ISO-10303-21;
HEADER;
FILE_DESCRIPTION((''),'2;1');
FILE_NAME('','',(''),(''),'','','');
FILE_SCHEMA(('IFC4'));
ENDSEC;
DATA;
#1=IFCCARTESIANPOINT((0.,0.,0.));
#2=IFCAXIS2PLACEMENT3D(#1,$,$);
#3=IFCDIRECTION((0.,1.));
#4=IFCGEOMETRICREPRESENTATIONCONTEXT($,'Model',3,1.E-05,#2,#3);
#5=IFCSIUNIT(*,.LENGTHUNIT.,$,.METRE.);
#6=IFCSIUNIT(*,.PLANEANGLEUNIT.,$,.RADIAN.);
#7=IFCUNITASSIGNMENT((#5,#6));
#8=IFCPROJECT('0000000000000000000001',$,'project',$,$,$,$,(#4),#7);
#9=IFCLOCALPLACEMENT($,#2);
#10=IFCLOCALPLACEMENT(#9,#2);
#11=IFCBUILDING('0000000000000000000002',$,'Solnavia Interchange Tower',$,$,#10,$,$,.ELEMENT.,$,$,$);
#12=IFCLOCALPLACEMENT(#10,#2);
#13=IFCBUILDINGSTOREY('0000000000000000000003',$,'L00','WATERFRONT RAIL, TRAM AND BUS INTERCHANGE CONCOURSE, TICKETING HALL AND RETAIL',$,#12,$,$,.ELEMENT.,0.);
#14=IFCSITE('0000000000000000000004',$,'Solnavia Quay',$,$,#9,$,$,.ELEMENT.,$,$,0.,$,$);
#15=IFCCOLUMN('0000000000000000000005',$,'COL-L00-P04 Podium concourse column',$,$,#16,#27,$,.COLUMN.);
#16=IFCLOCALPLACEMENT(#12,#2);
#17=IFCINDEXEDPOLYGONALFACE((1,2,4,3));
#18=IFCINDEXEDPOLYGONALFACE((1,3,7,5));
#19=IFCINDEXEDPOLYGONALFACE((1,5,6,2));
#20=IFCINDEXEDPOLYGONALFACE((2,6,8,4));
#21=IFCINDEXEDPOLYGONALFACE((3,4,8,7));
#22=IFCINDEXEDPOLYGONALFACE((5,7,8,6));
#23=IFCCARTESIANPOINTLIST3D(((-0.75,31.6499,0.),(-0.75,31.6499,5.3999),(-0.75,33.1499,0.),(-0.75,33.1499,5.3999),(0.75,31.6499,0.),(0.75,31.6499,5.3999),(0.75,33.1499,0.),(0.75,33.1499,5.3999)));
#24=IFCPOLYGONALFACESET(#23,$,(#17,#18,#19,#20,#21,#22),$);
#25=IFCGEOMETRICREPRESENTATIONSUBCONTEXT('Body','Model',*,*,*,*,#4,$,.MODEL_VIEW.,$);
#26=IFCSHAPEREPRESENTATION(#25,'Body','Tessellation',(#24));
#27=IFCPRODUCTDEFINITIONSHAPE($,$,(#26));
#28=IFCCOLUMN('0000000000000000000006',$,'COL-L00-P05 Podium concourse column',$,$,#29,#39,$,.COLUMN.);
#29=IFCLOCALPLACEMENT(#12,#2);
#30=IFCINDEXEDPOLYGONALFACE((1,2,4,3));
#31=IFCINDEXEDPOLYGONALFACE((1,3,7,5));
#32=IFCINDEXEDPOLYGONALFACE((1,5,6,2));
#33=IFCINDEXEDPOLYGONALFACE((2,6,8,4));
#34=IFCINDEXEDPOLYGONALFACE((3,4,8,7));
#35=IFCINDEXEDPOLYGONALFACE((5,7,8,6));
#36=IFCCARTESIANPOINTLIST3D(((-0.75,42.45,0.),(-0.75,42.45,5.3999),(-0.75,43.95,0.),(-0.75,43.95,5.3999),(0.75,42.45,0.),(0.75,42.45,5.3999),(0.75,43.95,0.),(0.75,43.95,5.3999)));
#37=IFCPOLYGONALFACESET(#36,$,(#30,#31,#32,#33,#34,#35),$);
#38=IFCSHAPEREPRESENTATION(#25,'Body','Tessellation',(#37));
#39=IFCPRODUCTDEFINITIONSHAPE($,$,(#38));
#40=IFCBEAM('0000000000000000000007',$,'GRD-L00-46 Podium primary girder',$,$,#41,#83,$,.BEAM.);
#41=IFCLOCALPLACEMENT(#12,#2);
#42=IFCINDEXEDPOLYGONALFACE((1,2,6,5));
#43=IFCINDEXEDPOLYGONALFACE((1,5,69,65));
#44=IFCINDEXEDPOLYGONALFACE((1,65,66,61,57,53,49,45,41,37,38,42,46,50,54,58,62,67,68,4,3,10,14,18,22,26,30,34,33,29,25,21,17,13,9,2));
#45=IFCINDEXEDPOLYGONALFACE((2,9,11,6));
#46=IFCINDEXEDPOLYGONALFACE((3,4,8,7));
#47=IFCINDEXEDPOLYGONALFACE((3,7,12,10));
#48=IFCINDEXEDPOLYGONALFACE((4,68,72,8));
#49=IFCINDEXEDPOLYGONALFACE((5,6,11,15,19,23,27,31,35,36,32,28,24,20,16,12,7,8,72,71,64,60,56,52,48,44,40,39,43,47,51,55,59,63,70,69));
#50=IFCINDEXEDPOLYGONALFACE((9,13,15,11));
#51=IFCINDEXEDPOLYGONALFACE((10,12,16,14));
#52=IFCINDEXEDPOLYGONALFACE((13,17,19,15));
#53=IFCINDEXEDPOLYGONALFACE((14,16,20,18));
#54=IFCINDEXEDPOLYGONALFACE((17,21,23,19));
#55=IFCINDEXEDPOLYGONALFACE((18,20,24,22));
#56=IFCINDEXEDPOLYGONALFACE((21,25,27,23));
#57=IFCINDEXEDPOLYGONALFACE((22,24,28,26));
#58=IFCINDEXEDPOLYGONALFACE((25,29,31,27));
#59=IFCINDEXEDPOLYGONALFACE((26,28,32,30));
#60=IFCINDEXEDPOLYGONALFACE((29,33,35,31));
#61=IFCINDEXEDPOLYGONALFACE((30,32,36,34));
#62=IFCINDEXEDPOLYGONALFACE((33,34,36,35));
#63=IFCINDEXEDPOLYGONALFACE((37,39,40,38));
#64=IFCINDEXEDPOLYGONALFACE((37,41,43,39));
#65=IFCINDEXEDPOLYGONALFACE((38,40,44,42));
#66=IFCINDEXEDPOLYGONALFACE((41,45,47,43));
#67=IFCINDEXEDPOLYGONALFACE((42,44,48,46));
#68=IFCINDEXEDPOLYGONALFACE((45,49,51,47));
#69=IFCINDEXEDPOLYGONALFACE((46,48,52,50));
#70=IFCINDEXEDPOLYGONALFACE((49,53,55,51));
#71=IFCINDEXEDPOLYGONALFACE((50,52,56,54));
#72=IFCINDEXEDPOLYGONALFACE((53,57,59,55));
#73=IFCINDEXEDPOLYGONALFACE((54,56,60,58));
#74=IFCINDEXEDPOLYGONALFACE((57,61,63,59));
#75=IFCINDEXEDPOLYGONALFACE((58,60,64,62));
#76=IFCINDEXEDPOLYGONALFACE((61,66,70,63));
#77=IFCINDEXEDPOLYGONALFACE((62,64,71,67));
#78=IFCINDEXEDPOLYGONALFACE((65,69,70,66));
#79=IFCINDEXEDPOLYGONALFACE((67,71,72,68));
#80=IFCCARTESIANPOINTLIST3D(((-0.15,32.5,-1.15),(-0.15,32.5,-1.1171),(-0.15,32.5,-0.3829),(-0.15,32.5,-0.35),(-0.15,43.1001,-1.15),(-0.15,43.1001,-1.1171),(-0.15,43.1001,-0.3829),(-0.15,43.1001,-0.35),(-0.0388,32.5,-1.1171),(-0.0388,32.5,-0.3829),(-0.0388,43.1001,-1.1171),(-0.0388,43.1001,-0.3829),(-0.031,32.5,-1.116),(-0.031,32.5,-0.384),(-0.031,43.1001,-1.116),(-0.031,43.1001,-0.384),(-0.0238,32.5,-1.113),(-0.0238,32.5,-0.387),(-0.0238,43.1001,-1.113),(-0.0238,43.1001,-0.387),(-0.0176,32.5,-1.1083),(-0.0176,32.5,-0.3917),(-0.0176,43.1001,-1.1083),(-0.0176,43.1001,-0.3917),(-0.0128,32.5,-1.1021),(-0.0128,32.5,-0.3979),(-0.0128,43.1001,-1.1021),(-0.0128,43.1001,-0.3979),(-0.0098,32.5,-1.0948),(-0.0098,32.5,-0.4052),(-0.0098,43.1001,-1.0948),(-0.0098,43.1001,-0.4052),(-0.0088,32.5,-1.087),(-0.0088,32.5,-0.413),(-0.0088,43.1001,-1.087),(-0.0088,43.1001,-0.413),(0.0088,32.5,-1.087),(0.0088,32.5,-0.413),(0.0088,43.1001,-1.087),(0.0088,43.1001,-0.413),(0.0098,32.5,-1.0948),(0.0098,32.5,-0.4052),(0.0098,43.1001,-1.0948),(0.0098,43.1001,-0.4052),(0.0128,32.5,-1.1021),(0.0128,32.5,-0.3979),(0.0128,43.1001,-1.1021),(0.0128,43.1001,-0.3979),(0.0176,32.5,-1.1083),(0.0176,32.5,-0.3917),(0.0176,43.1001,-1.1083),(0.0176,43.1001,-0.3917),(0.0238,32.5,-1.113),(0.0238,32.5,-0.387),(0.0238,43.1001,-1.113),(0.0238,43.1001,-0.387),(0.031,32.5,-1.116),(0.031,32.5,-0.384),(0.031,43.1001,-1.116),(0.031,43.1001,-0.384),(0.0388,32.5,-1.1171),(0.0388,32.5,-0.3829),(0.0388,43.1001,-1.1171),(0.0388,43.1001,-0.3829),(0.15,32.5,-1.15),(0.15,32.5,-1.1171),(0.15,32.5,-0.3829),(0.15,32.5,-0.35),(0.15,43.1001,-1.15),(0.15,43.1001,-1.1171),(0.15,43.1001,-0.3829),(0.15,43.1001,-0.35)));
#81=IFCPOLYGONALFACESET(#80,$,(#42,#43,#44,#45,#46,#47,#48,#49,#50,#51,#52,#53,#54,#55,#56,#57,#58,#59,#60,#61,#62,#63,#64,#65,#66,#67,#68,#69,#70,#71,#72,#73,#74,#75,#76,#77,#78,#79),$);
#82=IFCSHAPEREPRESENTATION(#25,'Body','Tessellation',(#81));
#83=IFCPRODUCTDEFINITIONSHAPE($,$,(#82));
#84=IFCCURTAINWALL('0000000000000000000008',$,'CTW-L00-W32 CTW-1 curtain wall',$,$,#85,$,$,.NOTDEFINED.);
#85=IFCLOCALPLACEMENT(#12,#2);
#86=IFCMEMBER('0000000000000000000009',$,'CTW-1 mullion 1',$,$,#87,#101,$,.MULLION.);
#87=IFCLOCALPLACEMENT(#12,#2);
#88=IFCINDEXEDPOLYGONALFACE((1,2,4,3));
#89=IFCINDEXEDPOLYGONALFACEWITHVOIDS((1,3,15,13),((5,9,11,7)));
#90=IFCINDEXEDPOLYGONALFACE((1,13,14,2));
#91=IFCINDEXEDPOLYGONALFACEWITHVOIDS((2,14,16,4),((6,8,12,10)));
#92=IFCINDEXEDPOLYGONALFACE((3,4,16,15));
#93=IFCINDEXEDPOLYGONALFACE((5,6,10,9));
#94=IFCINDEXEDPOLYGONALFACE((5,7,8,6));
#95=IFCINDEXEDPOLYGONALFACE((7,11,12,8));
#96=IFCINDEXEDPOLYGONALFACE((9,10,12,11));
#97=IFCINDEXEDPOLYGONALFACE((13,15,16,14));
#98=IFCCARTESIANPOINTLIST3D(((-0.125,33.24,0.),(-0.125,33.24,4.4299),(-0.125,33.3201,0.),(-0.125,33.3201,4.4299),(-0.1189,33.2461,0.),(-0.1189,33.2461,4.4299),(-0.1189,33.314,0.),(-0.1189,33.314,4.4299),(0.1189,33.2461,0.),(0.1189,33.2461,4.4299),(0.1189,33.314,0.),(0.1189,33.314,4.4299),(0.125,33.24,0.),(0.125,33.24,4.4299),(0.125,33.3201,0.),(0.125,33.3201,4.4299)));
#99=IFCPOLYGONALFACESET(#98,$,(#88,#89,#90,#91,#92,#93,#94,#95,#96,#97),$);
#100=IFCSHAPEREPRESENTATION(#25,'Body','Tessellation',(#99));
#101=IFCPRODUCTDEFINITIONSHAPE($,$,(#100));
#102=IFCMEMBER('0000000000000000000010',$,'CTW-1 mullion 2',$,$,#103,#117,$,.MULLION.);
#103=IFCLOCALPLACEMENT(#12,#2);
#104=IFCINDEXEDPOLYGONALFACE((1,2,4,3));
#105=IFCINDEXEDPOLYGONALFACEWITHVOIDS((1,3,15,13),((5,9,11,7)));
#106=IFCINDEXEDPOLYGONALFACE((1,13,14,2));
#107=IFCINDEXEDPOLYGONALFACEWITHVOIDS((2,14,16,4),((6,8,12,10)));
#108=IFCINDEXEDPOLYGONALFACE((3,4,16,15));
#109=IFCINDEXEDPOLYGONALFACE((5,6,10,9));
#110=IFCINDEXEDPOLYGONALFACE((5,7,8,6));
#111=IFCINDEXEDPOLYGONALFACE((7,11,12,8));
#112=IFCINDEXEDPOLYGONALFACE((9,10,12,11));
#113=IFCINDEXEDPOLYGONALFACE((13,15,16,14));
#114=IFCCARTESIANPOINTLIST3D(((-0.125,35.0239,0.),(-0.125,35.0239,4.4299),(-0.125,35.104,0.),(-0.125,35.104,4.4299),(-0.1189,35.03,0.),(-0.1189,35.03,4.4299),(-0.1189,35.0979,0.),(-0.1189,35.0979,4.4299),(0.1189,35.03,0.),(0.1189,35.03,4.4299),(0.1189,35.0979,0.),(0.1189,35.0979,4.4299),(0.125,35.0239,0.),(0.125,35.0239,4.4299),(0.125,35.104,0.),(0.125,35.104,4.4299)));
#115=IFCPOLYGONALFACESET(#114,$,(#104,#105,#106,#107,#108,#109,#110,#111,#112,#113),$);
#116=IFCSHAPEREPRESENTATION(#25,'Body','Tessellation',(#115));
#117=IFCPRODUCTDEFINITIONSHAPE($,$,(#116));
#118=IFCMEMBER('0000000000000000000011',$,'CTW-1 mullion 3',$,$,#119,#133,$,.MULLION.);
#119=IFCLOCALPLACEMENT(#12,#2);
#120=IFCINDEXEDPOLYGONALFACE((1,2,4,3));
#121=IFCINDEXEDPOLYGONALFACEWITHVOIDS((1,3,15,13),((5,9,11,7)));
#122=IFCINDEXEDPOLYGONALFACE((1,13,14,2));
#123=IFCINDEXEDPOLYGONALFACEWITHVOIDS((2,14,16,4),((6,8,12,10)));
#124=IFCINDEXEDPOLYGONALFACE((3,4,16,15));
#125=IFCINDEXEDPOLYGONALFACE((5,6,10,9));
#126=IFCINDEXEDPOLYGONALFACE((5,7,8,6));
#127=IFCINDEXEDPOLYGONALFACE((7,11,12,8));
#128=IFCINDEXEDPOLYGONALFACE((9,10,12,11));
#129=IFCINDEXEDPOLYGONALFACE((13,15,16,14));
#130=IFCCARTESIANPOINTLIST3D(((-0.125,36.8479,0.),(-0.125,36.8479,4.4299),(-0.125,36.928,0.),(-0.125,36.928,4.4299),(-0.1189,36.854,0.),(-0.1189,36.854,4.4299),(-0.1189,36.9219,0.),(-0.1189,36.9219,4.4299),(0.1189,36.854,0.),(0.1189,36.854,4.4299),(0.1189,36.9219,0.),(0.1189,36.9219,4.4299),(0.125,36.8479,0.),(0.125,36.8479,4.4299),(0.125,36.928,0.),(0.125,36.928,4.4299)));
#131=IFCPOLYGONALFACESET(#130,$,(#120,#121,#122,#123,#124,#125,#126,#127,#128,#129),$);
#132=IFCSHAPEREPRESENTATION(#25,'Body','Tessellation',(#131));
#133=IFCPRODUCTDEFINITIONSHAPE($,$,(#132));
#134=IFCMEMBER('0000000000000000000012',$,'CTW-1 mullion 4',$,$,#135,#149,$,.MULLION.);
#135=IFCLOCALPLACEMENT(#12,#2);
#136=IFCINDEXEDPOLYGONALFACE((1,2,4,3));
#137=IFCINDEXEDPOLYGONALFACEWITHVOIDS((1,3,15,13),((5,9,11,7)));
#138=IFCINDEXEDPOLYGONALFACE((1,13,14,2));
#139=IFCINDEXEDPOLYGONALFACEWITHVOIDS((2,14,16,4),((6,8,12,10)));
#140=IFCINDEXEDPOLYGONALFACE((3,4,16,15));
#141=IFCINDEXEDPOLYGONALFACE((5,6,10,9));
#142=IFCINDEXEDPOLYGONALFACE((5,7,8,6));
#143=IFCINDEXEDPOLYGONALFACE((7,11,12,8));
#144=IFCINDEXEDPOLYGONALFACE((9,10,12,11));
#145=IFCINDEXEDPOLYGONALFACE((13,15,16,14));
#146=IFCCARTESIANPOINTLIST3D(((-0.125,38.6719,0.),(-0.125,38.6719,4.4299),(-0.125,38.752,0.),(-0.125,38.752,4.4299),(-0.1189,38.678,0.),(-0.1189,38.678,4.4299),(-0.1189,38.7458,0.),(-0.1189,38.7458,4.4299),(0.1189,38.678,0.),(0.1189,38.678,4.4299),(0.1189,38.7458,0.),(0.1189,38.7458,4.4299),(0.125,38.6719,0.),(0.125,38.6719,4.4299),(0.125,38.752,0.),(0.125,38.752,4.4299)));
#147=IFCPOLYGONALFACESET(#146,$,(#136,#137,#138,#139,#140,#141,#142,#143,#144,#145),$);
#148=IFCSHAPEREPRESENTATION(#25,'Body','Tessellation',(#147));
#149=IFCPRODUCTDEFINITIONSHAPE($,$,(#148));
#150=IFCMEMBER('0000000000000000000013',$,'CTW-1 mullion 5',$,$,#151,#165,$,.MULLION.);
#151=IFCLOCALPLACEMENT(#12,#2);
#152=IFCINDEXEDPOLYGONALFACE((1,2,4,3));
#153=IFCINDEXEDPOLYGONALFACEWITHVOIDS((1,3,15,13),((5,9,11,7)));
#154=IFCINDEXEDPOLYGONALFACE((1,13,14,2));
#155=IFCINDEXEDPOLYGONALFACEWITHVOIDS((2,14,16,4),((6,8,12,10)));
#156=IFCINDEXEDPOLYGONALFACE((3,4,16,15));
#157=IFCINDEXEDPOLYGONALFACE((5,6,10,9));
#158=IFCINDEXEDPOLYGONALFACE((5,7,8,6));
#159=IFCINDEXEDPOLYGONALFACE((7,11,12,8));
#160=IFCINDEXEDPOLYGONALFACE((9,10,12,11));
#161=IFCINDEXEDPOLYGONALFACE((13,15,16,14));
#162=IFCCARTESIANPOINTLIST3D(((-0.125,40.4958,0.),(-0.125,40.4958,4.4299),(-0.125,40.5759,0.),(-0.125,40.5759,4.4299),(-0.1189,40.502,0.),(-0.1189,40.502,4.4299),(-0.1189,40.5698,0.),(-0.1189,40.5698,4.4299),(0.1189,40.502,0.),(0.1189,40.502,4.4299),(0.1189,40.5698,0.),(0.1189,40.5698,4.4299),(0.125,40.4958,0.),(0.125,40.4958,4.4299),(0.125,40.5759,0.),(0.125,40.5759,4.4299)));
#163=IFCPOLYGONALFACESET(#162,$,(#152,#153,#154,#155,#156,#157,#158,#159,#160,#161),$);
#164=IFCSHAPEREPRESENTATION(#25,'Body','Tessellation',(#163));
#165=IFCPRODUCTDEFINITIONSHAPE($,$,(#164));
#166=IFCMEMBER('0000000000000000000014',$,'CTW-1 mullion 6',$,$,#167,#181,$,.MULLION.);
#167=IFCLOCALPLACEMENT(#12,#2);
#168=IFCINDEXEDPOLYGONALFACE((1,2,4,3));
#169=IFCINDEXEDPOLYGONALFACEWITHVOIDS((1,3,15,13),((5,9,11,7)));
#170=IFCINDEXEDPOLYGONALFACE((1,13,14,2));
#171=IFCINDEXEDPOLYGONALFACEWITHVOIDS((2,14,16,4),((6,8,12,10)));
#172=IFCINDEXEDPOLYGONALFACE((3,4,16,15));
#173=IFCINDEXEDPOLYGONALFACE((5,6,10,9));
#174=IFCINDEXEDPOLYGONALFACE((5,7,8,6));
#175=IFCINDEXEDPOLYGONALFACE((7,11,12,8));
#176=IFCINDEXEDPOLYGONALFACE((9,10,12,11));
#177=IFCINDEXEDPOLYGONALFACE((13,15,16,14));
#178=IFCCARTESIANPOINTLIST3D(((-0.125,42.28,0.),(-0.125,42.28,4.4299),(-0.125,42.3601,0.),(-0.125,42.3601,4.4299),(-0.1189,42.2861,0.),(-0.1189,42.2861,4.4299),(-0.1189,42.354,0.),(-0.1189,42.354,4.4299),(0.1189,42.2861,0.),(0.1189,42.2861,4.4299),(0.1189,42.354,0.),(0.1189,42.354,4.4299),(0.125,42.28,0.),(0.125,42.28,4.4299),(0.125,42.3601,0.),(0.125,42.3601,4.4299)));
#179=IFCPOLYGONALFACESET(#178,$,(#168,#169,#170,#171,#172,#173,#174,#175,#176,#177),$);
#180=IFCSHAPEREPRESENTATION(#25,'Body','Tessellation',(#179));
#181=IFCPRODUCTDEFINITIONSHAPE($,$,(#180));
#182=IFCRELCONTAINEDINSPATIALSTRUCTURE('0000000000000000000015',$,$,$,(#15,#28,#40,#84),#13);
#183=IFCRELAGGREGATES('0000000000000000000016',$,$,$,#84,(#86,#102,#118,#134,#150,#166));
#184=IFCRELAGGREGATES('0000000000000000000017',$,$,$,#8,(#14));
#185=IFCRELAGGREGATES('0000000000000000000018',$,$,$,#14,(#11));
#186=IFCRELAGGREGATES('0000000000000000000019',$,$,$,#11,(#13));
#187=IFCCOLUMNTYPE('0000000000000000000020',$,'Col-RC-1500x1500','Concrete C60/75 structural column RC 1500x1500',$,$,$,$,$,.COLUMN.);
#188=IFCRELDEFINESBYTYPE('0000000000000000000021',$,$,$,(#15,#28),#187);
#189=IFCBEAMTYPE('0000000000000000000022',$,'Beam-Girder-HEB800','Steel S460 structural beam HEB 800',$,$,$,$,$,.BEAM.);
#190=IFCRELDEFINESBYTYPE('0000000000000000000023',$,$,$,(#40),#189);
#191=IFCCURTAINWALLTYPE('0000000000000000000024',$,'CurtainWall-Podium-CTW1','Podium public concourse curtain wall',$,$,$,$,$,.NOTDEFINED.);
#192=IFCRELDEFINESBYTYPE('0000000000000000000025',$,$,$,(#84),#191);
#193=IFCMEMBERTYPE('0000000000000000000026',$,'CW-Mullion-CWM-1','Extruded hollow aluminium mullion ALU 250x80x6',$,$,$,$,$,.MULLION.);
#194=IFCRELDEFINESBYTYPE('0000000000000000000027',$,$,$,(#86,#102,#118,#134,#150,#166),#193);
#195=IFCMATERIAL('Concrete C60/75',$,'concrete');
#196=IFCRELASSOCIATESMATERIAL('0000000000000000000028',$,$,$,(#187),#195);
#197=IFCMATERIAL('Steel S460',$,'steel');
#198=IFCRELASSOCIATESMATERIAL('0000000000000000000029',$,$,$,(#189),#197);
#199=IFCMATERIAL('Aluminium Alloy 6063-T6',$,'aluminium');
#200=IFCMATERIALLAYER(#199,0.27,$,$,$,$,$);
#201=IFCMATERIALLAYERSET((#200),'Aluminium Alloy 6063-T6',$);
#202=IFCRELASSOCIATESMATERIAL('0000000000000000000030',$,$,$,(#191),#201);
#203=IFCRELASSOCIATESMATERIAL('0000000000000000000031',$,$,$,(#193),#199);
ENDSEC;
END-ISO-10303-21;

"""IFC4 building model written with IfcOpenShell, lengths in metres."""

from ifc_helpers import new_model, si_unit, direction, frame, origin, origin_2d, place, context, subcontext, project, spatial, rectangle, hollow_rectangle, i_section, extrude, material, layer, layer_set, material_profile, profile_set, type_object, element, aggregate, save


model = new_model("IFC4")

# Units and contexts
model_context = context("Model", 3, precision=1e-05, world=origin(), true_north=direction((0.0, 1.0)))
body_context = subcontext(model_context, "Body", "Model", "MODEL_VIEW")
ifc_project = project(units=[si_unit("LENGTHUNIT", "METRE"), si_unit("PLANEANGLEUNIT", "RADIAN")], contexts=[model_context])

# Site, building, storey
site_placement = place(None, origin())
site = spatial("IfcSite", under=ifc_project, at=site_placement, Name="Solnavia Quay", CompositionType="ELEMENT", RefElevation=0.0)
building_placement = place(site_placement, origin())
building = spatial("IfcBuilding", under=site, at=building_placement, Name="Solnavia Interchange Tower", CompositionType="ELEMENT")
storey_placement = place(building_placement, origin())
storey = spatial("IfcBuildingStorey", under=building, at=storey_placement, Name="L00", Description="WATERFRONT RAIL, TRAM AND BUS INTERCHANGE CONCOURSE, TICKETING HALL AND RETAIL", CompositionType="ELEMENT", Elevation=0.0)

# Columns
ifc_material_1 = material(Name="Concrete C60/75", Category="concrete")
ifc_material_profile_1 = material_profile(ifc_material_1, rectangle(XDim=1.5, YDim=1.5, at=origin_2d()), Name="RC 1500x1500")
ifc_profile_set_1 = profile_set([ifc_material_profile_1], Name="Concrete C60/75")
column_type = type_object("IfcColumnType", Name="Col-RC-1500x1500", Description="Concrete C60/75 structural column RC 1500x1500", PredefinedType="COLUMN", material=ifc_profile_set_1)
for number, where, z_axis, x_axis, name in (
    (1, (0.0, 32.3999, 0.0), (0.0, 0.0, 1.0), (1.0, 0.0, 0.0), "COL-L00-P04 Podium concourse column"),
    (2, (0.0, 43.2, 0.0), (0.0, 0.0, 1.0), (1.0, 0.0, 0.0), "COL-L00-P05 Podium concourse column"),
):
    element("IfcColumn", number, at=place(storey_placement, frame(where, z_axis=z_axis, x_axis=x_axis)), inside=storey, type_object=column_type, Name=name, PredefinedType="COLUMN", context=body_context, shape_type="SweptSolid", body=[
        extrude(rectangle(XDim=1.5, YDim=1.5, at=origin_2d()), origin(), (0.0, 0.0, 1.0), 5.3999),
    ])

# Beam
ifc_material_2 = material(Name="Steel S460", Category="steel")
ifc_material_profile_2 = material_profile(ifc_material_2, i_section(OverallWidth=0.3, OverallDepth=0.8, WebThickness=0.0176, FlangeThickness=0.033, FilletRadius=0.03, at=origin_2d()), Name="HEB 800")
ifc_profile_set_2 = profile_set([ifc_material_profile_2], Name="Steel S460")
beam_type = type_object("IfcBeamType", Name="Beam-Girder-HEB800", Description="Steel S460 structural beam HEB 800", PredefinedType="BEAM", material=ifc_profile_set_2)
beam_placement = place(storey_placement, frame((0.0, 32.5, -0.75), z_axis=(0.0, 1.0, 0.0), x_axis=(-1.0, 0.0, 0.0)))
element("IfcBeam", 3, at=beam_placement, inside=storey, type_object=beam_type, Name="GRD-L00-46 Podium primary girder", PredefinedType="BEAM", context=body_context, shape_type="SweptSolid", body=[
    extrude(i_section(OverallWidth=0.3, OverallDepth=0.8, WebThickness=0.0176, FlangeThickness=0.033, FilletRadius=0.03, at=origin_2d()), origin(), (0.0, 0.0, 1.0), 10.6001),
])

# Curtain wall, members
ifc_material_3 = material(Name="Aluminium Alloy 6063-T6", Category="aluminium")
ifc_layer_1 = layer(ifc_material_3, 0.27)
ifc_layer_set_1 = layer_set([ifc_layer_1], Name="Aluminium Alloy 6063-T6")
curtain_wall_type = type_object("IfcCurtainWallType", Name="CurtainWall-Podium-CTW1", Description="Podium public concourse curtain wall", PredefinedType="NOTDEFINED", material=ifc_layer_set_1)
curtain_wall_placement = place(storey_placement, origin())
curtain_wall = element("IfcCurtainWall", 4, at=curtain_wall_placement, inside=storey, type_object=curtain_wall_type, Name="CTW-L00-W32 CTW-1 curtain wall", PredefinedType="NOTDEFINED")
ifc_material_profile_3 = material_profile(ifc_material_3, hollow_rectangle(XDim=0.0801, YDim=0.25, WallThickness=0.0061, at=origin_2d()), Name="ALU 250x80x6")
ifc_profile_set_3 = profile_set([ifc_material_profile_3], Name="Aluminium Alloy 6063-T6")
member_type_1 = type_object("IfcMemberType", Name="CW-Mullion-CWM-1", Description="Extruded hollow aluminium mullion ALU 250x80x6", PredefinedType="MULLION", material=ifc_profile_set_3)
member_1_placement = place(storey_placement, frame((0.0, 33.28, 0.0), z_axis=(0.0, 0.0, 1.0), x_axis=(0.0, 1.0, 0.0)))
member_1 = element("IfcMember", 5, at=member_1_placement, type_object=member_type_1, Name="CTW-1 mullion 1", PredefinedType="MULLION", context=body_context, shape_type="SweptSolid", body=[
    extrude(hollow_rectangle(XDim=0.0801, YDim=0.25, WallThickness=0.0061, at=origin_2d()), origin(), (0.0, 0.0, 1.0), 4.4299),
])
member_2_placement = place(storey_placement, frame((0.0, 35.064, 0.0), z_axis=(0.0, 0.0, 1.0), x_axis=(0.0, 1.0, 0.0)))
member_2 = element("IfcMember", 6, at=member_2_placement, type_object=member_type_1, Name="CTW-1 mullion 2", PredefinedType="MULLION", context=body_context, shape_type="SweptSolid", body=[
    extrude(hollow_rectangle(XDim=0.0801, YDim=0.25, WallThickness=0.0061, at=origin_2d()), origin(), (0.0, 0.0, 1.0), 4.4299),
])
member_3_placement = place(storey_placement, frame((0.0, 36.8879, 0.0), z_axis=(0.0, 0.0, 1.0), x_axis=(0.0, 1.0, 0.0)))
member_3 = element("IfcMember", 7, at=member_3_placement, type_object=member_type_1, Name="CTW-1 mullion 3", PredefinedType="MULLION", context=body_context, shape_type="SweptSolid", body=[
    extrude(hollow_rectangle(XDim=0.0801, YDim=0.25, WallThickness=0.0061, at=origin_2d()), origin(), (0.0, 0.0, 1.0), 4.4299),
])
member_4_placement = place(storey_placement, frame((0.0, 38.7119, 0.0), z_axis=(0.0, 0.0, 1.0), x_axis=(0.0, 1.0, 0.0)))
member_4 = element("IfcMember", 8, at=member_4_placement, type_object=member_type_1, Name="CTW-1 mullion 4", PredefinedType="MULLION", context=body_context, shape_type="SweptSolid", body=[
    extrude(hollow_rectangle(XDim=0.0801, YDim=0.25, WallThickness=0.0061, at=origin_2d()), origin(), (0.0, 0.0, 1.0), 4.4299),
])
member_5_placement = place(storey_placement, frame((0.0, 40.5359, 0.0), z_axis=(0.0, 0.0, 1.0), x_axis=(0.0, 1.0, 0.0)))
member_5 = element("IfcMember", 9, at=member_5_placement, type_object=member_type_1, Name="CTW-1 mullion 5", PredefinedType="MULLION", context=body_context, shape_type="SweptSolid", body=[
    extrude(hollow_rectangle(XDim=0.0801, YDim=0.25, WallThickness=0.0061, at=origin_2d()), origin(), (0.0, 0.0, 1.0), 4.4299),
])
member_6_placement = place(storey_placement, frame((0.0, 42.3201, 0.0), z_axis=(0.0, 0.0, 1.0), x_axis=(0.0, 1.0, 0.0)))
member_6 = element("IfcMember", 10, at=member_6_placement, type_object=member_type_1, Name="CTW-1 mullion 6", PredefinedType="MULLION", context=body_context, shape_type="SweptSolid", body=[
    extrude(hollow_rectangle(XDim=0.0801, YDim=0.25, WallThickness=0.0061, at=origin_2d()), origin(), (0.0, 0.0, 1.0), 4.4299),
])
aggregate(curtain_wall, [member_1, member_2, member_3, member_4, member_5, member_6])

save(model, "model.ifc")
